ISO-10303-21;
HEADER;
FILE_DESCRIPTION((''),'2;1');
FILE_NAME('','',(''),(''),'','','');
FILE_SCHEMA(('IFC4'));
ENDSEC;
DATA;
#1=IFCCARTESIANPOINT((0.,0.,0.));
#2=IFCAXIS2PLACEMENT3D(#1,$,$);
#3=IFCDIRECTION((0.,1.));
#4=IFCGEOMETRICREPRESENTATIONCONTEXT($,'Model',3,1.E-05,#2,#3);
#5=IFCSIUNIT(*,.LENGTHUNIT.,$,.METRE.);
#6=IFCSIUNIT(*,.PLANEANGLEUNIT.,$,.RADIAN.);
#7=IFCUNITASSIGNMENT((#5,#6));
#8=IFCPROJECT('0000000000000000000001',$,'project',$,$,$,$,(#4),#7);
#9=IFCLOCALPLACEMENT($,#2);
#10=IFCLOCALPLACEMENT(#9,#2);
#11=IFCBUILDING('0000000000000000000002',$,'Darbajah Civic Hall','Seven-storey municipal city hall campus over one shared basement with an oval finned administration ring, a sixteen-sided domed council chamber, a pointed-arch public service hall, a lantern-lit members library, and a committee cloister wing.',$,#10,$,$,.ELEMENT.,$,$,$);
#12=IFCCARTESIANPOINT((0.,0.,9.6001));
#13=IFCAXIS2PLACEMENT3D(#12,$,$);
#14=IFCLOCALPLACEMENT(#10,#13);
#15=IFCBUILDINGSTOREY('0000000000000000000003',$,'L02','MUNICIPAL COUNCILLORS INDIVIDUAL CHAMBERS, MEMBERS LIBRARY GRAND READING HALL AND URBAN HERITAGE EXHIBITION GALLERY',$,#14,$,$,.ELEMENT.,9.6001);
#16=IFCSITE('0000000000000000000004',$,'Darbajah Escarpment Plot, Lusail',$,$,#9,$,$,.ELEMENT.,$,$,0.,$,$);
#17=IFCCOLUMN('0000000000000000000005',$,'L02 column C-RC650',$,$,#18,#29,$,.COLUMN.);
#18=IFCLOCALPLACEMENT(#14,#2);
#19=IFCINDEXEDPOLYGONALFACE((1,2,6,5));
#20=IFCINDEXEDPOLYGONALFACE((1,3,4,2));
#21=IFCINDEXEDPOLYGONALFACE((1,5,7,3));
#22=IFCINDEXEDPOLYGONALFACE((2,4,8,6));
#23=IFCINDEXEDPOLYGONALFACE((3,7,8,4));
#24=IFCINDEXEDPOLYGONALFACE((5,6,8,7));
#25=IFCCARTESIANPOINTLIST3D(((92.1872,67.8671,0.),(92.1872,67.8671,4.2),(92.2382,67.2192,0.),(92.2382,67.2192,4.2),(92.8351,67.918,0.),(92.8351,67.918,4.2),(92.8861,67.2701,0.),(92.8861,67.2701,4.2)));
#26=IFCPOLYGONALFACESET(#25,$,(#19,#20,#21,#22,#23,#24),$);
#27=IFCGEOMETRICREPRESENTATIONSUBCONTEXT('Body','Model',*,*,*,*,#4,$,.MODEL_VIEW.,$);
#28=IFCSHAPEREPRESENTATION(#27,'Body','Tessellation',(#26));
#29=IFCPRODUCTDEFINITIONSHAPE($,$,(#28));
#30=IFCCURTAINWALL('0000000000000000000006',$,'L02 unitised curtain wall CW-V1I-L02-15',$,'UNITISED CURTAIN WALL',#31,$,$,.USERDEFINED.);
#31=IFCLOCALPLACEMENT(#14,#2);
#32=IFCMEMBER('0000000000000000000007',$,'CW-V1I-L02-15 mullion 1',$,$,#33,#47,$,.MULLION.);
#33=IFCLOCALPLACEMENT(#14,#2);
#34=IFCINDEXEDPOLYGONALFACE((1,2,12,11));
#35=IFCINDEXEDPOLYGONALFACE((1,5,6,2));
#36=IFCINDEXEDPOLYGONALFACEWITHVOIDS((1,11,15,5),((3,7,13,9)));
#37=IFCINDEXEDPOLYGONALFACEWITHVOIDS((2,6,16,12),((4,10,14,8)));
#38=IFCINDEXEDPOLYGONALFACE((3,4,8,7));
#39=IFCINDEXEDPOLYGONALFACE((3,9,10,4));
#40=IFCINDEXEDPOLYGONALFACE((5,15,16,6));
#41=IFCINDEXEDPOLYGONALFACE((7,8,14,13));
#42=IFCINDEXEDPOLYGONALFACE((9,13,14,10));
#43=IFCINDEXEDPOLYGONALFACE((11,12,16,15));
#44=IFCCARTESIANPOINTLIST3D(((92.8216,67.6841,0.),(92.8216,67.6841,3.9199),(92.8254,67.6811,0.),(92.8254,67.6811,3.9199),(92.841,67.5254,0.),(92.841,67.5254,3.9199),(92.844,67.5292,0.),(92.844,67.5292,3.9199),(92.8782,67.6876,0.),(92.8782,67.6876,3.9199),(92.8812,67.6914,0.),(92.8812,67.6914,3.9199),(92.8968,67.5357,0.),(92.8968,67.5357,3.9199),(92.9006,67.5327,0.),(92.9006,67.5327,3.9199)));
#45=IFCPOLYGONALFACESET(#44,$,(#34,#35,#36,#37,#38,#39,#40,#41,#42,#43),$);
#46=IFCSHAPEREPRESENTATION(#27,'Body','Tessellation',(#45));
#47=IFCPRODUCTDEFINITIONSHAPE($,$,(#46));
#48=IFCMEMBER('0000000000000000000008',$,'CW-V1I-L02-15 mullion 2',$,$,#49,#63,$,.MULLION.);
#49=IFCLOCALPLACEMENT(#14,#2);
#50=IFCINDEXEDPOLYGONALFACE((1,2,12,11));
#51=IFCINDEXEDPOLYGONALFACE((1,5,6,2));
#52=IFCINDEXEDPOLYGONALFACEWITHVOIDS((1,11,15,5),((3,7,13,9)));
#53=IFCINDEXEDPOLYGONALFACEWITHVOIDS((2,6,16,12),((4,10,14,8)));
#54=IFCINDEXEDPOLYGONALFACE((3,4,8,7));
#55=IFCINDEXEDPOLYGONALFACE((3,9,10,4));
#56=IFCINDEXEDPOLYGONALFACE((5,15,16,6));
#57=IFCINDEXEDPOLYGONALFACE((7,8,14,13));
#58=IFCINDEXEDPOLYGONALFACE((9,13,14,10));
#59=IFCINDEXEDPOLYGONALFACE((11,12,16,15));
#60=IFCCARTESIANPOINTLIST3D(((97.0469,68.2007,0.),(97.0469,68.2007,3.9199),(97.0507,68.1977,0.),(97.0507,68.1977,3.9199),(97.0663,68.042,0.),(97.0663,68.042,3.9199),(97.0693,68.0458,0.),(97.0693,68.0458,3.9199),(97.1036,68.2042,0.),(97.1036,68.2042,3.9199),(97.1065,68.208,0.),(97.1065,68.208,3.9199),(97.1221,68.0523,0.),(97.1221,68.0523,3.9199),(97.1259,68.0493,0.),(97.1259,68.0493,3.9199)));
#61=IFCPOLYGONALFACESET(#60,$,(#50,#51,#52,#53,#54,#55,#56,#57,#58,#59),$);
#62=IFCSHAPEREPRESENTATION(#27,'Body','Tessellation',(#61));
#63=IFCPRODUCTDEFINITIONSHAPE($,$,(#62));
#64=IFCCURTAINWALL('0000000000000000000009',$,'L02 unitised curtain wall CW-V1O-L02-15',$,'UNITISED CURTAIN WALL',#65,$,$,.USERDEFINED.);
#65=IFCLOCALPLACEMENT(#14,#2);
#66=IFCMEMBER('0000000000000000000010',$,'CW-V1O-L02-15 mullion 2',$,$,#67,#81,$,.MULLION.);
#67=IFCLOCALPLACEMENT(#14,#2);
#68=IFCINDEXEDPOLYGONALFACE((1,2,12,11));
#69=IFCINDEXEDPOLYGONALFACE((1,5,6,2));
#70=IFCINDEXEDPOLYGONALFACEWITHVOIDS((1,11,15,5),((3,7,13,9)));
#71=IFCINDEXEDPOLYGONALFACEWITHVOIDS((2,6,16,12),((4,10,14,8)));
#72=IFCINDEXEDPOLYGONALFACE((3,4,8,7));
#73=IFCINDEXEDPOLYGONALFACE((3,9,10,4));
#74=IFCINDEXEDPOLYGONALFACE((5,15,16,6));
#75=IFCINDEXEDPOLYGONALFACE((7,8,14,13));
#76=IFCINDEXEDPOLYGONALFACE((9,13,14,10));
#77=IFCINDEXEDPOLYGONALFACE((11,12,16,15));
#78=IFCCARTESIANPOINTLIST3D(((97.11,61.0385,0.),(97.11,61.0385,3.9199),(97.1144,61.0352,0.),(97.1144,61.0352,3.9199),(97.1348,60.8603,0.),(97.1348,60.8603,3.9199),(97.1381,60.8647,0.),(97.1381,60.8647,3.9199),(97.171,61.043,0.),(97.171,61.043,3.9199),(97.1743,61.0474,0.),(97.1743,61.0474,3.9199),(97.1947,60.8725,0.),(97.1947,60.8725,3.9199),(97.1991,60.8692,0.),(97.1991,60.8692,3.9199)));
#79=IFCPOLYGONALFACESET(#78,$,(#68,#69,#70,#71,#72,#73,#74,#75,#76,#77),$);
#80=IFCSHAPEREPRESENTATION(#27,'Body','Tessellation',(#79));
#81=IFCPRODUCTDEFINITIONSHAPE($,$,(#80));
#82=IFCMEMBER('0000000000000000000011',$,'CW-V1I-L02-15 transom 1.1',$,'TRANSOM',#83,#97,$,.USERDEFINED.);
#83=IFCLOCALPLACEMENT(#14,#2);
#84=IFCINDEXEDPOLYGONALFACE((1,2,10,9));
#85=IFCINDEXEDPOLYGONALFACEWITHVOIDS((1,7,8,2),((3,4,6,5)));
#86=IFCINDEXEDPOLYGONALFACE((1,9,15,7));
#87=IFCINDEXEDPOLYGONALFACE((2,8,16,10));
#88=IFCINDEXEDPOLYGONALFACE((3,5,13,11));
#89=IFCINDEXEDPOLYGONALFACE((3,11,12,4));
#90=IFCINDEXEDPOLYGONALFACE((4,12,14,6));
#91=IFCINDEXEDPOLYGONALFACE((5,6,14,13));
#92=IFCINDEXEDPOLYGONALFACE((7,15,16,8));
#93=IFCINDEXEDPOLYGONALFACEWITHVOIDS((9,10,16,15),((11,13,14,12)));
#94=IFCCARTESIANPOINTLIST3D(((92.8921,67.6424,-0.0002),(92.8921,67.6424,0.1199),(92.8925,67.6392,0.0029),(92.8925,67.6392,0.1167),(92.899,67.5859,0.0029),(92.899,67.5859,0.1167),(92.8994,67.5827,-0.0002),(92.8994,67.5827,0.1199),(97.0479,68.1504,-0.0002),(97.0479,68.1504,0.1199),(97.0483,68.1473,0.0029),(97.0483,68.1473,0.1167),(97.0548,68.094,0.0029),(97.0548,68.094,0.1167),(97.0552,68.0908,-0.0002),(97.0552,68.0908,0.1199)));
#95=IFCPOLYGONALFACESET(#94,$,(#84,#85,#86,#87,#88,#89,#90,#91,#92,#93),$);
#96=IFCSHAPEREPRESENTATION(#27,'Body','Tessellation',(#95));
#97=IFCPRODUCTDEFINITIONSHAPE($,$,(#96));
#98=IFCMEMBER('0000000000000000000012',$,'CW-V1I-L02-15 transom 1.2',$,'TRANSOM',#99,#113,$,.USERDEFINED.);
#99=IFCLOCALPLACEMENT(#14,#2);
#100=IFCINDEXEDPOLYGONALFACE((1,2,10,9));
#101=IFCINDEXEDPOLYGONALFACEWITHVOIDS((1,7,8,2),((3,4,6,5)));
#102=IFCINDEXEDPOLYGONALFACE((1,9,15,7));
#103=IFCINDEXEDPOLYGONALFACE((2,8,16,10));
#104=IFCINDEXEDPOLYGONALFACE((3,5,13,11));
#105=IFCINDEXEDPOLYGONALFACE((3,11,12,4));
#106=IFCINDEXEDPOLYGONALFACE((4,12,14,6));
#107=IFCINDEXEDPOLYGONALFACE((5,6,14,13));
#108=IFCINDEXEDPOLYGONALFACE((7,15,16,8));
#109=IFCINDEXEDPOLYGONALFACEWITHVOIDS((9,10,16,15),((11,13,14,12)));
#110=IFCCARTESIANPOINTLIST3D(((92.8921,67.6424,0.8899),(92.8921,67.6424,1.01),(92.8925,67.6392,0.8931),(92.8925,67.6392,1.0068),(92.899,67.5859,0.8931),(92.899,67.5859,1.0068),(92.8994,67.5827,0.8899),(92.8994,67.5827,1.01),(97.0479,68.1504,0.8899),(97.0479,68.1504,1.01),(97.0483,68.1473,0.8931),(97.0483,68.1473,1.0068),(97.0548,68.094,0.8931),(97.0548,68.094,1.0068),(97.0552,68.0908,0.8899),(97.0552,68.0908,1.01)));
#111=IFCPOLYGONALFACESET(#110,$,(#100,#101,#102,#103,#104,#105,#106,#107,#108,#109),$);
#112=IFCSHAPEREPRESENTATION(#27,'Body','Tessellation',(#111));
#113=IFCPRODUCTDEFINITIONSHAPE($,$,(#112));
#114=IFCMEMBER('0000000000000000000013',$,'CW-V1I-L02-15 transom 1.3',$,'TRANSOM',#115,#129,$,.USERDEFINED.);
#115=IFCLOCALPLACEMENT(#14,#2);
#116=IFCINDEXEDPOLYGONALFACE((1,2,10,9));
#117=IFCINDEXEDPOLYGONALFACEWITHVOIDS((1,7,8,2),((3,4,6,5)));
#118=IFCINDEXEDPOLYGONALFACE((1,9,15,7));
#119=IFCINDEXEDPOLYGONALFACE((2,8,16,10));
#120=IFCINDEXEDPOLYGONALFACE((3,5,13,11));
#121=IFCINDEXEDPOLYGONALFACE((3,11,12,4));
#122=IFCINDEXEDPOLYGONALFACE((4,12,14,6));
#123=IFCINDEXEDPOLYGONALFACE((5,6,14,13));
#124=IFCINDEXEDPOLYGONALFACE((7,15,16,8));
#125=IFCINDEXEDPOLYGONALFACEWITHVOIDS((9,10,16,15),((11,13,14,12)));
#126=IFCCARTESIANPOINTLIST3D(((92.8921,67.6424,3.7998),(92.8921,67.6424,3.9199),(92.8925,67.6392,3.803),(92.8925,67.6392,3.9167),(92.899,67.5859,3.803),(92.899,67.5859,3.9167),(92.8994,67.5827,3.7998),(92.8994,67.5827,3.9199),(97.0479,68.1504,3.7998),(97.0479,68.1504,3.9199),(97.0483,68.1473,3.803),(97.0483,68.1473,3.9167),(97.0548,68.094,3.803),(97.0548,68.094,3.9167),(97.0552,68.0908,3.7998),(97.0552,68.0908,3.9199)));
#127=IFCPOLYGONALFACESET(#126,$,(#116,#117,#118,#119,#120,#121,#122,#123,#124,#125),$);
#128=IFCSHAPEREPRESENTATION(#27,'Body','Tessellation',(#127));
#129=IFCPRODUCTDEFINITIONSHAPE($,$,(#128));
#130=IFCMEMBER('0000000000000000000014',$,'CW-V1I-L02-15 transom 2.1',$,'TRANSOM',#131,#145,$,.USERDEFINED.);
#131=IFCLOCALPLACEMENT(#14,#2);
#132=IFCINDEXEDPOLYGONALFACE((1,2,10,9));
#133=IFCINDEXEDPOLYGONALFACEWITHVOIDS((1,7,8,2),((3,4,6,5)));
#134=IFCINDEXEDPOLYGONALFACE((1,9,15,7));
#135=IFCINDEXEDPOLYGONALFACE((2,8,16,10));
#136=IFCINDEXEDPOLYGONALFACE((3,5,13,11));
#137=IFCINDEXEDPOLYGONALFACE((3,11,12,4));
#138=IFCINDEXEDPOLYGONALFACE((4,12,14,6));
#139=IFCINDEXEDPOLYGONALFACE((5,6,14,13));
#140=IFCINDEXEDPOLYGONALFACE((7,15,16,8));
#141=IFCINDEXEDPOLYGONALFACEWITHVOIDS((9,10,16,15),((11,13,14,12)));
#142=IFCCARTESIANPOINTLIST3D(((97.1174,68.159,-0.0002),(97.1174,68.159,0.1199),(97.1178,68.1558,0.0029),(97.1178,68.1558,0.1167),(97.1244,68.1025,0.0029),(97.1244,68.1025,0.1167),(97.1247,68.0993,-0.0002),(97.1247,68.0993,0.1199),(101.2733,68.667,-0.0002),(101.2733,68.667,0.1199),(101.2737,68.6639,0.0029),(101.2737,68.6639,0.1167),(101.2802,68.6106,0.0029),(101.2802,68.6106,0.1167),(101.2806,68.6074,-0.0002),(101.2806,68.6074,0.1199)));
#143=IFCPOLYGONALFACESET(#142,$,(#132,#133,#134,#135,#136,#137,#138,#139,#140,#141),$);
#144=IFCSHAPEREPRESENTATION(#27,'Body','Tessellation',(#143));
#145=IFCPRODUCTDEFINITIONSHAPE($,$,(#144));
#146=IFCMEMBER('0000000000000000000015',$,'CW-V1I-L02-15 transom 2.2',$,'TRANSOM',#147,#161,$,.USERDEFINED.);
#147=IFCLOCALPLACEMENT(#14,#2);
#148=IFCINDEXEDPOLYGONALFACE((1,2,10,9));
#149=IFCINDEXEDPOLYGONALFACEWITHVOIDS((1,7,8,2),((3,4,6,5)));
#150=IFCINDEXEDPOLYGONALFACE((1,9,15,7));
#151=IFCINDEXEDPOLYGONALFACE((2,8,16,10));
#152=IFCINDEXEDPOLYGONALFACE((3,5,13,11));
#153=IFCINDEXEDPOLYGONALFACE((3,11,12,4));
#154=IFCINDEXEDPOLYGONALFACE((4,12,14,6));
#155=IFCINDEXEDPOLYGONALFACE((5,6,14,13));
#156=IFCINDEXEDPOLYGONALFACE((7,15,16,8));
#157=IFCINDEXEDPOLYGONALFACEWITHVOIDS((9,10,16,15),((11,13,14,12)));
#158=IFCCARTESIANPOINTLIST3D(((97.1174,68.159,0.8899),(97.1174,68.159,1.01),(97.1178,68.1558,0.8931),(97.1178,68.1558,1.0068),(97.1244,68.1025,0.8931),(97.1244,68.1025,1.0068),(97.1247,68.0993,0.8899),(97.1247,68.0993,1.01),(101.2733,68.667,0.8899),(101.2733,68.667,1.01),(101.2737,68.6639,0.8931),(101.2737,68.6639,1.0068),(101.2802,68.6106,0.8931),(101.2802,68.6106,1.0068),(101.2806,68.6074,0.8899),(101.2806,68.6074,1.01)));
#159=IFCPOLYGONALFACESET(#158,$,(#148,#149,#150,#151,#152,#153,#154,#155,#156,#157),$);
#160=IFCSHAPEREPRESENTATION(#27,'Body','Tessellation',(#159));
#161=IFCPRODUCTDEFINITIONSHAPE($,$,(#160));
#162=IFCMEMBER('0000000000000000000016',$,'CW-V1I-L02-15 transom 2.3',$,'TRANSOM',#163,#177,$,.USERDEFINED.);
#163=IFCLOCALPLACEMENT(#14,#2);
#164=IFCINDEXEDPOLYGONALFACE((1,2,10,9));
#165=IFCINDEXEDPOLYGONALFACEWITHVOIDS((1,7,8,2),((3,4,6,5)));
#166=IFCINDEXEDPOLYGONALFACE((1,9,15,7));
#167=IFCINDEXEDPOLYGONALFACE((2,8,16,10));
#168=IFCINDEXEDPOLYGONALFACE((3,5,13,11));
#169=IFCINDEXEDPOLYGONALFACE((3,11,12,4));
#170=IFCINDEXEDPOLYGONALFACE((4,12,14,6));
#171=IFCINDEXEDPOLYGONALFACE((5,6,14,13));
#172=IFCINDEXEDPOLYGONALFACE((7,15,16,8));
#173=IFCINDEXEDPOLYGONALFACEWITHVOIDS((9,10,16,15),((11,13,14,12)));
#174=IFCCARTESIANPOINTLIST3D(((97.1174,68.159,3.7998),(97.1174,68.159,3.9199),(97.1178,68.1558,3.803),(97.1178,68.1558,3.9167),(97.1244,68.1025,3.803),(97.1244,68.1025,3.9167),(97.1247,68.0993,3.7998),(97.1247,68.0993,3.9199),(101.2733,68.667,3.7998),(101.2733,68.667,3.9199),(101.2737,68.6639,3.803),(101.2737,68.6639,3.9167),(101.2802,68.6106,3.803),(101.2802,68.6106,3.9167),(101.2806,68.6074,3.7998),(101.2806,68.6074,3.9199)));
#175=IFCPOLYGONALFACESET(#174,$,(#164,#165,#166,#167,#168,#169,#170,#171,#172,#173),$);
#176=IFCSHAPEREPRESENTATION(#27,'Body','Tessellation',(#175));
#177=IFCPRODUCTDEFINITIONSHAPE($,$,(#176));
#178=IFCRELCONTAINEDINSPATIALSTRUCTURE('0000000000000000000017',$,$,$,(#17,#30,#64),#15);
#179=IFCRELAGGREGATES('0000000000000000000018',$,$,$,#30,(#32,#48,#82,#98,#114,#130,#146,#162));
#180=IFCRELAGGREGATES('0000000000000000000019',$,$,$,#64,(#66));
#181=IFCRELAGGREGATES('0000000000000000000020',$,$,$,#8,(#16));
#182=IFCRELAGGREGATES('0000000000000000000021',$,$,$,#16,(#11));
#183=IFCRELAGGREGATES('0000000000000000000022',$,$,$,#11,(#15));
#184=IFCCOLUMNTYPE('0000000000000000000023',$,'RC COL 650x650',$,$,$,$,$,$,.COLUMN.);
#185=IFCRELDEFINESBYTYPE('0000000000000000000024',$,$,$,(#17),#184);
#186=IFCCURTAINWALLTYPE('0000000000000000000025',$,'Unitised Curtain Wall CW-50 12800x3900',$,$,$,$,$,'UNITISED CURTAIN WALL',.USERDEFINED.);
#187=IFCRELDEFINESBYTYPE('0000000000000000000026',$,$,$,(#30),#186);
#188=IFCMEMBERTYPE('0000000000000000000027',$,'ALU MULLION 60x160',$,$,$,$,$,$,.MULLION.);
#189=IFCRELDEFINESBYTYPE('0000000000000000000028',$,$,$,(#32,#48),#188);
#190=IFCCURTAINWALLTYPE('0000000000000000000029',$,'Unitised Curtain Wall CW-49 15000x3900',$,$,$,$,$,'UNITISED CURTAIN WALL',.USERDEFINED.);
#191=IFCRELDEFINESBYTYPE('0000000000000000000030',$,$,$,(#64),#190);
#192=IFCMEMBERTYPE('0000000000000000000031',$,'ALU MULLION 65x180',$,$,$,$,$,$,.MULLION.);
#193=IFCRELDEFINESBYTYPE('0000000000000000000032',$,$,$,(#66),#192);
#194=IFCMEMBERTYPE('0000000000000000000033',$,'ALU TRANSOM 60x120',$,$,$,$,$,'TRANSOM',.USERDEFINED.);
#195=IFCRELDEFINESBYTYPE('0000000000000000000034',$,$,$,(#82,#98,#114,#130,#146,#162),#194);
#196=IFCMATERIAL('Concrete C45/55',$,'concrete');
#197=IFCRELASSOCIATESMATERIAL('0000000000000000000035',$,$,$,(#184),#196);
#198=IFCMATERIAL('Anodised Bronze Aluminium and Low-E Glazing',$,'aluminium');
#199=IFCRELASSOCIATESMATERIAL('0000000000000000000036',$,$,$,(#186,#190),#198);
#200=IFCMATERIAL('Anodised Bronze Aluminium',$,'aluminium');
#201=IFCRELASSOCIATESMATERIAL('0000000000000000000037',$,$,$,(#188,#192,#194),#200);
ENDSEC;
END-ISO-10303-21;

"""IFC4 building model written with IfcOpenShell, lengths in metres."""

from ifc_helpers import new_model, si_unit, direction, frame, origin, origin_2d, place, context, subcontext, project, spatial, rectangle, hollow_rectangle, extrude, material, material_profile, profile_set, type_object, element, aggregate, save


model = new_model("IFC4")

# Units and contexts
model_context = context("Model", 3, precision=1e-05, world=origin(), true_north=direction((0.0, 1.0)))
body_context = subcontext(model_context, "Body", "Model", "MODEL_VIEW")
ifc_project = project(units=[si_unit("LENGTHUNIT", "METRE"), si_unit("PLANEANGLEUNIT", "RADIAN")], contexts=[model_context])

# Site, building, storey
site_placement = place(None, origin())
site = spatial("IfcSite", under=ifc_project, at=site_placement, Name="Darbajah Escarpment Plot, Lusail", CompositionType="ELEMENT", RefElevation=0.0)
building_placement = place(site_placement, origin())
building = spatial("IfcBuilding", under=site, at=building_placement, Name="Darbajah Civic Hall", Description="Seven-storey municipal city hall campus over one shared basement with an oval finned administration ring, a sixteen-sided domed council chamber, a pointed-arch public service hall, a lantern-lit members library, and a committee cloister wing.", CompositionType="ELEMENT")
storey_placement = place(building_placement, frame((0.0, 0.0, 9.6001)))
storey = spatial("IfcBuildingStorey", under=building, at=storey_placement, Name="L02", Description="MUNICIPAL COUNCILLORS INDIVIDUAL CHAMBERS, MEMBERS LIBRARY GRAND READING HALL AND URBAN HERITAGE EXHIBITION GALLERY", CompositionType="ELEMENT", Elevation=9.6001)

# Column
ifc_material_1 = material(Name="Concrete C45/55", Category="concrete")
ifc_material_profile_1 = material_profile(ifc_material_1, rectangle(XDim=0.6499, YDim=0.6499, at=origin_2d()), Name="RC COL 650x650")
ifc_profile_set_1 = profile_set([ifc_material_profile_1], Name="Concrete C45/55")
column_type = type_object("IfcColumnType", Name="RC COL 650x650", PredefinedType="COLUMN", material=ifc_profile_set_1)
column_placement = place(storey_placement, frame((92.5366, 67.5686, 0.0), z_axis=(0.0, 0.0, 1.0), x_axis=(0.078459, -0.996917, 0.0)))
element("IfcColumn", 1, at=column_placement, inside=storey, type_object=column_type, Name="L02 column C-RC650", PredefinedType="COLUMN", context=body_context, shape_type="SweptSolid", body=[
    extrude(rectangle(XDim=0.6499, YDim=0.6499, at=origin_2d()), origin(), (0.0, 0.0, 1.0), 4.2),
])

# Curtain wall, members
ifc_material_2 = material(Name="Anodised Bronze Aluminium and Low-E Glazing", Category="aluminium")
curtain_wall_type_1 = type_object("IfcCurtainWallType", Name="Unitised Curtain Wall CW-50 12800x3900", ElementType="UNITISED CURTAIN WALL", PredefinedType="USERDEFINED", material=ifc_material_2)
curtain_wall_1_placement = place(storey_placement, origin())
curtain_wall_1 = element("IfcCurtainWall", 2, at=curtain_wall_1_placement, inside=storey, type_object=curtain_wall_type_1, Name="L02 unitised curtain wall CW-V1I-L02-15", ObjectType="UNITISED CURTAIN WALL", PredefinedType="USERDEFINED")
ifc_material_3 = material(Name="Anodised Bronze Aluminium", Category="aluminium")
ifc_material_profile_2 = material_profile(ifc_material_3, hollow_rectangle(XDim=0.0601, YDim=0.1599, WallThickness=0.0034, at=origin_2d()), Name="ALU MULLION 60x160")
ifc_profile_set_2 = profile_set([ifc_material_profile_2], Name="Anodised Bronze Aluminium")
member_type_1 = type_object("IfcMemberType", Name="ALU MULLION 60x160", PredefinedType="MULLION", material=ifc_profile_set_2)
member_1_placement = place(storey_placement, frame((92.8611, 67.6084, 0.0), z_axis=(0.0, 0.0, 1.0), x_axis=(0.99261, 0.12135, 0.0)))
member_1 = element("IfcMember", 3, at=member_1_placement, type_object=member_type_1, Name="CW-V1I-L02-15 mullion 1", PredefinedType="MULLION", context=body_context, shape_type="SweptSolid", body=[
    extrude(hollow_rectangle(XDim=0.0601, YDim=0.1599, WallThickness=0.0034, at=origin_2d()), origin(), (0.0, 0.0, 1.0), 3.9199),
])
member_2_placement = place(storey_placement, frame((97.0864, 68.125, 0.0), z_axis=(0.0, 0.0, 1.0), x_axis=(0.99261, 0.12135, 0.0)))
member_2 = element("IfcMember", 4, at=member_2_placement, type_object=member_type_1, Name="CW-V1I-L02-15 mullion 2", PredefinedType="MULLION", context=body_context, shape_type="SweptSolid", body=[
    extrude(hollow_rectangle(XDim=0.0601, YDim=0.1599, WallThickness=0.0034, at=origin_2d()), origin(), (0.0, 0.0, 1.0), 3.9199),
])

# Curtain wall, member
curtain_wall_type_2 = type_object("IfcCurtainWallType", Name="Unitised Curtain Wall CW-49 15000x3900", ElementType="UNITISED CURTAIN WALL", PredefinedType="USERDEFINED", material=ifc_material_2)
curtain_wall_2_placement = place(storey_placement, origin())
curtain_wall_2 = element("IfcCurtainWall", 5, at=curtain_wall_2_placement, inside=storey, type_object=curtain_wall_type_2, Name="L02 unitised curtain wall CW-V1O-L02-15", ObjectType="UNITISED CURTAIN WALL", PredefinedType="USERDEFINED")
ifc_material_profile_3 = material_profile(ifc_material_3, hollow_rectangle(XDim=0.0649, YDim=0.1799, WallThickness=0.0039, at=origin_2d()), Name="ALU MULLION 65x180")
ifc_profile_set_3 = profile_set([ifc_material_profile_3], Name="Anodised Bronze Aluminium")
member_type_2 = type_object("IfcMemberType", Name="ALU MULLION 65x180", PredefinedType="MULLION", material=ifc_profile_set_3)
member_3_placement = place(storey_placement, frame((97.1545, 60.9539, 0.0), z_axis=(0.0, 0.0, 1.0), x_axis=(0.990485, 0.137617, 0.0)))
member_3 = element("IfcMember", 6, at=member_3_placement, type_object=member_type_2, Name="CW-V1O-L02-15 mullion 2", PredefinedType="MULLION", context=body_context, shape_type="SweptSolid", body=[
    extrude(hollow_rectangle(XDim=0.0649, YDim=0.1799, WallThickness=0.0039, at=origin_2d()), origin(), (0.0, 0.0, 1.0), 3.9199),
])

# Members
ifc_material_profile_4 = material_profile(ifc_material_3, hollow_rectangle(XDim=0.0601, YDim=0.1201, WallThickness=0.0032, at=origin_2d()), Name="ALU TRANSOM 60x120")
ifc_profile_set_4 = profile_set([ifc_material_profile_4], Name="Anodised Bronze Aluminium")
member_type_3 = type_object("IfcMemberType", Name="ALU TRANSOM 60x120", ElementType="TRANSOM", PredefinedType="USERDEFINED", material=ifc_profile_set_4)
member_4_placement = place(storey_placement, frame((92.8958, 67.6125, 0.0598), z_axis=(0.99261, 0.12135, 0.0), x_axis=(-0.12135, 0.99261, 0.0)))
member_4 = element("IfcMember", 7, at=member_4_placement, type_object=member_type_3, Name="CW-V1I-L02-15 transom 1.1", ObjectType="TRANSOM", PredefinedType="USERDEFINED", context=body_context, shape_type="SweptSolid", body=[
    extrude(hollow_rectangle(XDim=0.0601, YDim=0.1201, WallThickness=0.0032, at=origin_2d()), origin(), (0.0, 0.0, 1.0), 4.1868),
])
member_5_placement = place(storey_placement, frame((92.8958, 67.6125, 0.95), z_axis=(0.99261, 0.12135, 0.0), x_axis=(-0.12135, 0.99261, 0.0)))
member_5 = element("IfcMember", 8, at=member_5_placement, type_object=member_type_3, Name="CW-V1I-L02-15 transom 1.2", ObjectType="TRANSOM", PredefinedType="USERDEFINED", context=body_context, shape_type="SweptSolid", body=[
    extrude(hollow_rectangle(XDim=0.0601, YDim=0.1201, WallThickness=0.0032, at=origin_2d()), origin(), (0.0, 0.0, 1.0), 4.1868),
])
member_6_placement = place(storey_placement, frame((92.8958, 67.6125, 3.8599), z_axis=(0.99261, 0.12135, 0.0), x_axis=(-0.12135, 0.99261, 0.0)))
member_6 = element("IfcMember", 9, at=member_6_placement, type_object=member_type_3, Name="CW-V1I-L02-15 transom 1.3", ObjectType="TRANSOM", PredefinedType="USERDEFINED", context=body_context, shape_type="SweptSolid", body=[
    extrude(hollow_rectangle(XDim=0.0601, YDim=0.1201, WallThickness=0.0032, at=origin_2d()), origin(), (0.0, 0.0, 1.0), 4.1868),
])
member_7_placement = place(storey_placement, frame((97.1211, 68.1292, 0.0598), z_axis=(0.99261, 0.12135, 0.0), x_axis=(-0.12135, 0.99261, 0.0)))
member_7 = element("IfcMember", 10, at=member_7_placement, type_object=member_type_3, Name="CW-V1I-L02-15 transom 2.1", ObjectType="TRANSOM", PredefinedType="USERDEFINED", context=body_context, shape_type="SweptSolid", body=[
    extrude(hollow_rectangle(XDim=0.0601, YDim=0.1201, WallThickness=0.0032, at=origin_2d()), origin(), (0.0, 0.0, 1.0), 4.1868),
])
member_8_placement = place(storey_placement, frame((97.1211, 68.1292, 0.95), z_axis=(0.99261, 0.12135, 0.0), x_axis=(-0.12135, 0.99261, 0.0)))
member_8 = element("IfcMember", 11, at=member_8_placement, type_object=member_type_3, Name="CW-V1I-L02-15 transom 2.2", ObjectType="TRANSOM", PredefinedType="USERDEFINED", context=body_context, shape_type="SweptSolid", body=[
    extrude(hollow_rectangle(XDim=0.0601, YDim=0.1201, WallThickness=0.0032, at=origin_2d()), origin(), (0.0, 0.0, 1.0), 4.1868),
])
member_9_placement = place(storey_placement, frame((97.1211, 68.1292, 3.8599), z_axis=(0.99261, 0.12135, 0.0), x_axis=(-0.12135, 0.99261, 0.0)))
member_9 = element("IfcMember", 12, at=member_9_placement, type_object=member_type_3, Name="CW-V1I-L02-15 transom 2.3", ObjectType="TRANSOM", PredefinedType="USERDEFINED", context=body_context, shape_type="SweptSolid", body=[
    extrude(hollow_rectangle(XDim=0.0601, YDim=0.1201, WallThickness=0.0032, at=origin_2d()), origin(), (0.0, 0.0, 1.0), 4.1868),
])

aggregate(curtain_wall_1, [member_1, member_2, member_4, member_5, member_6, member_7, member_8, member_9])
aggregate(curtain_wall_2, [member_3])

save(model, "model.ifc")
